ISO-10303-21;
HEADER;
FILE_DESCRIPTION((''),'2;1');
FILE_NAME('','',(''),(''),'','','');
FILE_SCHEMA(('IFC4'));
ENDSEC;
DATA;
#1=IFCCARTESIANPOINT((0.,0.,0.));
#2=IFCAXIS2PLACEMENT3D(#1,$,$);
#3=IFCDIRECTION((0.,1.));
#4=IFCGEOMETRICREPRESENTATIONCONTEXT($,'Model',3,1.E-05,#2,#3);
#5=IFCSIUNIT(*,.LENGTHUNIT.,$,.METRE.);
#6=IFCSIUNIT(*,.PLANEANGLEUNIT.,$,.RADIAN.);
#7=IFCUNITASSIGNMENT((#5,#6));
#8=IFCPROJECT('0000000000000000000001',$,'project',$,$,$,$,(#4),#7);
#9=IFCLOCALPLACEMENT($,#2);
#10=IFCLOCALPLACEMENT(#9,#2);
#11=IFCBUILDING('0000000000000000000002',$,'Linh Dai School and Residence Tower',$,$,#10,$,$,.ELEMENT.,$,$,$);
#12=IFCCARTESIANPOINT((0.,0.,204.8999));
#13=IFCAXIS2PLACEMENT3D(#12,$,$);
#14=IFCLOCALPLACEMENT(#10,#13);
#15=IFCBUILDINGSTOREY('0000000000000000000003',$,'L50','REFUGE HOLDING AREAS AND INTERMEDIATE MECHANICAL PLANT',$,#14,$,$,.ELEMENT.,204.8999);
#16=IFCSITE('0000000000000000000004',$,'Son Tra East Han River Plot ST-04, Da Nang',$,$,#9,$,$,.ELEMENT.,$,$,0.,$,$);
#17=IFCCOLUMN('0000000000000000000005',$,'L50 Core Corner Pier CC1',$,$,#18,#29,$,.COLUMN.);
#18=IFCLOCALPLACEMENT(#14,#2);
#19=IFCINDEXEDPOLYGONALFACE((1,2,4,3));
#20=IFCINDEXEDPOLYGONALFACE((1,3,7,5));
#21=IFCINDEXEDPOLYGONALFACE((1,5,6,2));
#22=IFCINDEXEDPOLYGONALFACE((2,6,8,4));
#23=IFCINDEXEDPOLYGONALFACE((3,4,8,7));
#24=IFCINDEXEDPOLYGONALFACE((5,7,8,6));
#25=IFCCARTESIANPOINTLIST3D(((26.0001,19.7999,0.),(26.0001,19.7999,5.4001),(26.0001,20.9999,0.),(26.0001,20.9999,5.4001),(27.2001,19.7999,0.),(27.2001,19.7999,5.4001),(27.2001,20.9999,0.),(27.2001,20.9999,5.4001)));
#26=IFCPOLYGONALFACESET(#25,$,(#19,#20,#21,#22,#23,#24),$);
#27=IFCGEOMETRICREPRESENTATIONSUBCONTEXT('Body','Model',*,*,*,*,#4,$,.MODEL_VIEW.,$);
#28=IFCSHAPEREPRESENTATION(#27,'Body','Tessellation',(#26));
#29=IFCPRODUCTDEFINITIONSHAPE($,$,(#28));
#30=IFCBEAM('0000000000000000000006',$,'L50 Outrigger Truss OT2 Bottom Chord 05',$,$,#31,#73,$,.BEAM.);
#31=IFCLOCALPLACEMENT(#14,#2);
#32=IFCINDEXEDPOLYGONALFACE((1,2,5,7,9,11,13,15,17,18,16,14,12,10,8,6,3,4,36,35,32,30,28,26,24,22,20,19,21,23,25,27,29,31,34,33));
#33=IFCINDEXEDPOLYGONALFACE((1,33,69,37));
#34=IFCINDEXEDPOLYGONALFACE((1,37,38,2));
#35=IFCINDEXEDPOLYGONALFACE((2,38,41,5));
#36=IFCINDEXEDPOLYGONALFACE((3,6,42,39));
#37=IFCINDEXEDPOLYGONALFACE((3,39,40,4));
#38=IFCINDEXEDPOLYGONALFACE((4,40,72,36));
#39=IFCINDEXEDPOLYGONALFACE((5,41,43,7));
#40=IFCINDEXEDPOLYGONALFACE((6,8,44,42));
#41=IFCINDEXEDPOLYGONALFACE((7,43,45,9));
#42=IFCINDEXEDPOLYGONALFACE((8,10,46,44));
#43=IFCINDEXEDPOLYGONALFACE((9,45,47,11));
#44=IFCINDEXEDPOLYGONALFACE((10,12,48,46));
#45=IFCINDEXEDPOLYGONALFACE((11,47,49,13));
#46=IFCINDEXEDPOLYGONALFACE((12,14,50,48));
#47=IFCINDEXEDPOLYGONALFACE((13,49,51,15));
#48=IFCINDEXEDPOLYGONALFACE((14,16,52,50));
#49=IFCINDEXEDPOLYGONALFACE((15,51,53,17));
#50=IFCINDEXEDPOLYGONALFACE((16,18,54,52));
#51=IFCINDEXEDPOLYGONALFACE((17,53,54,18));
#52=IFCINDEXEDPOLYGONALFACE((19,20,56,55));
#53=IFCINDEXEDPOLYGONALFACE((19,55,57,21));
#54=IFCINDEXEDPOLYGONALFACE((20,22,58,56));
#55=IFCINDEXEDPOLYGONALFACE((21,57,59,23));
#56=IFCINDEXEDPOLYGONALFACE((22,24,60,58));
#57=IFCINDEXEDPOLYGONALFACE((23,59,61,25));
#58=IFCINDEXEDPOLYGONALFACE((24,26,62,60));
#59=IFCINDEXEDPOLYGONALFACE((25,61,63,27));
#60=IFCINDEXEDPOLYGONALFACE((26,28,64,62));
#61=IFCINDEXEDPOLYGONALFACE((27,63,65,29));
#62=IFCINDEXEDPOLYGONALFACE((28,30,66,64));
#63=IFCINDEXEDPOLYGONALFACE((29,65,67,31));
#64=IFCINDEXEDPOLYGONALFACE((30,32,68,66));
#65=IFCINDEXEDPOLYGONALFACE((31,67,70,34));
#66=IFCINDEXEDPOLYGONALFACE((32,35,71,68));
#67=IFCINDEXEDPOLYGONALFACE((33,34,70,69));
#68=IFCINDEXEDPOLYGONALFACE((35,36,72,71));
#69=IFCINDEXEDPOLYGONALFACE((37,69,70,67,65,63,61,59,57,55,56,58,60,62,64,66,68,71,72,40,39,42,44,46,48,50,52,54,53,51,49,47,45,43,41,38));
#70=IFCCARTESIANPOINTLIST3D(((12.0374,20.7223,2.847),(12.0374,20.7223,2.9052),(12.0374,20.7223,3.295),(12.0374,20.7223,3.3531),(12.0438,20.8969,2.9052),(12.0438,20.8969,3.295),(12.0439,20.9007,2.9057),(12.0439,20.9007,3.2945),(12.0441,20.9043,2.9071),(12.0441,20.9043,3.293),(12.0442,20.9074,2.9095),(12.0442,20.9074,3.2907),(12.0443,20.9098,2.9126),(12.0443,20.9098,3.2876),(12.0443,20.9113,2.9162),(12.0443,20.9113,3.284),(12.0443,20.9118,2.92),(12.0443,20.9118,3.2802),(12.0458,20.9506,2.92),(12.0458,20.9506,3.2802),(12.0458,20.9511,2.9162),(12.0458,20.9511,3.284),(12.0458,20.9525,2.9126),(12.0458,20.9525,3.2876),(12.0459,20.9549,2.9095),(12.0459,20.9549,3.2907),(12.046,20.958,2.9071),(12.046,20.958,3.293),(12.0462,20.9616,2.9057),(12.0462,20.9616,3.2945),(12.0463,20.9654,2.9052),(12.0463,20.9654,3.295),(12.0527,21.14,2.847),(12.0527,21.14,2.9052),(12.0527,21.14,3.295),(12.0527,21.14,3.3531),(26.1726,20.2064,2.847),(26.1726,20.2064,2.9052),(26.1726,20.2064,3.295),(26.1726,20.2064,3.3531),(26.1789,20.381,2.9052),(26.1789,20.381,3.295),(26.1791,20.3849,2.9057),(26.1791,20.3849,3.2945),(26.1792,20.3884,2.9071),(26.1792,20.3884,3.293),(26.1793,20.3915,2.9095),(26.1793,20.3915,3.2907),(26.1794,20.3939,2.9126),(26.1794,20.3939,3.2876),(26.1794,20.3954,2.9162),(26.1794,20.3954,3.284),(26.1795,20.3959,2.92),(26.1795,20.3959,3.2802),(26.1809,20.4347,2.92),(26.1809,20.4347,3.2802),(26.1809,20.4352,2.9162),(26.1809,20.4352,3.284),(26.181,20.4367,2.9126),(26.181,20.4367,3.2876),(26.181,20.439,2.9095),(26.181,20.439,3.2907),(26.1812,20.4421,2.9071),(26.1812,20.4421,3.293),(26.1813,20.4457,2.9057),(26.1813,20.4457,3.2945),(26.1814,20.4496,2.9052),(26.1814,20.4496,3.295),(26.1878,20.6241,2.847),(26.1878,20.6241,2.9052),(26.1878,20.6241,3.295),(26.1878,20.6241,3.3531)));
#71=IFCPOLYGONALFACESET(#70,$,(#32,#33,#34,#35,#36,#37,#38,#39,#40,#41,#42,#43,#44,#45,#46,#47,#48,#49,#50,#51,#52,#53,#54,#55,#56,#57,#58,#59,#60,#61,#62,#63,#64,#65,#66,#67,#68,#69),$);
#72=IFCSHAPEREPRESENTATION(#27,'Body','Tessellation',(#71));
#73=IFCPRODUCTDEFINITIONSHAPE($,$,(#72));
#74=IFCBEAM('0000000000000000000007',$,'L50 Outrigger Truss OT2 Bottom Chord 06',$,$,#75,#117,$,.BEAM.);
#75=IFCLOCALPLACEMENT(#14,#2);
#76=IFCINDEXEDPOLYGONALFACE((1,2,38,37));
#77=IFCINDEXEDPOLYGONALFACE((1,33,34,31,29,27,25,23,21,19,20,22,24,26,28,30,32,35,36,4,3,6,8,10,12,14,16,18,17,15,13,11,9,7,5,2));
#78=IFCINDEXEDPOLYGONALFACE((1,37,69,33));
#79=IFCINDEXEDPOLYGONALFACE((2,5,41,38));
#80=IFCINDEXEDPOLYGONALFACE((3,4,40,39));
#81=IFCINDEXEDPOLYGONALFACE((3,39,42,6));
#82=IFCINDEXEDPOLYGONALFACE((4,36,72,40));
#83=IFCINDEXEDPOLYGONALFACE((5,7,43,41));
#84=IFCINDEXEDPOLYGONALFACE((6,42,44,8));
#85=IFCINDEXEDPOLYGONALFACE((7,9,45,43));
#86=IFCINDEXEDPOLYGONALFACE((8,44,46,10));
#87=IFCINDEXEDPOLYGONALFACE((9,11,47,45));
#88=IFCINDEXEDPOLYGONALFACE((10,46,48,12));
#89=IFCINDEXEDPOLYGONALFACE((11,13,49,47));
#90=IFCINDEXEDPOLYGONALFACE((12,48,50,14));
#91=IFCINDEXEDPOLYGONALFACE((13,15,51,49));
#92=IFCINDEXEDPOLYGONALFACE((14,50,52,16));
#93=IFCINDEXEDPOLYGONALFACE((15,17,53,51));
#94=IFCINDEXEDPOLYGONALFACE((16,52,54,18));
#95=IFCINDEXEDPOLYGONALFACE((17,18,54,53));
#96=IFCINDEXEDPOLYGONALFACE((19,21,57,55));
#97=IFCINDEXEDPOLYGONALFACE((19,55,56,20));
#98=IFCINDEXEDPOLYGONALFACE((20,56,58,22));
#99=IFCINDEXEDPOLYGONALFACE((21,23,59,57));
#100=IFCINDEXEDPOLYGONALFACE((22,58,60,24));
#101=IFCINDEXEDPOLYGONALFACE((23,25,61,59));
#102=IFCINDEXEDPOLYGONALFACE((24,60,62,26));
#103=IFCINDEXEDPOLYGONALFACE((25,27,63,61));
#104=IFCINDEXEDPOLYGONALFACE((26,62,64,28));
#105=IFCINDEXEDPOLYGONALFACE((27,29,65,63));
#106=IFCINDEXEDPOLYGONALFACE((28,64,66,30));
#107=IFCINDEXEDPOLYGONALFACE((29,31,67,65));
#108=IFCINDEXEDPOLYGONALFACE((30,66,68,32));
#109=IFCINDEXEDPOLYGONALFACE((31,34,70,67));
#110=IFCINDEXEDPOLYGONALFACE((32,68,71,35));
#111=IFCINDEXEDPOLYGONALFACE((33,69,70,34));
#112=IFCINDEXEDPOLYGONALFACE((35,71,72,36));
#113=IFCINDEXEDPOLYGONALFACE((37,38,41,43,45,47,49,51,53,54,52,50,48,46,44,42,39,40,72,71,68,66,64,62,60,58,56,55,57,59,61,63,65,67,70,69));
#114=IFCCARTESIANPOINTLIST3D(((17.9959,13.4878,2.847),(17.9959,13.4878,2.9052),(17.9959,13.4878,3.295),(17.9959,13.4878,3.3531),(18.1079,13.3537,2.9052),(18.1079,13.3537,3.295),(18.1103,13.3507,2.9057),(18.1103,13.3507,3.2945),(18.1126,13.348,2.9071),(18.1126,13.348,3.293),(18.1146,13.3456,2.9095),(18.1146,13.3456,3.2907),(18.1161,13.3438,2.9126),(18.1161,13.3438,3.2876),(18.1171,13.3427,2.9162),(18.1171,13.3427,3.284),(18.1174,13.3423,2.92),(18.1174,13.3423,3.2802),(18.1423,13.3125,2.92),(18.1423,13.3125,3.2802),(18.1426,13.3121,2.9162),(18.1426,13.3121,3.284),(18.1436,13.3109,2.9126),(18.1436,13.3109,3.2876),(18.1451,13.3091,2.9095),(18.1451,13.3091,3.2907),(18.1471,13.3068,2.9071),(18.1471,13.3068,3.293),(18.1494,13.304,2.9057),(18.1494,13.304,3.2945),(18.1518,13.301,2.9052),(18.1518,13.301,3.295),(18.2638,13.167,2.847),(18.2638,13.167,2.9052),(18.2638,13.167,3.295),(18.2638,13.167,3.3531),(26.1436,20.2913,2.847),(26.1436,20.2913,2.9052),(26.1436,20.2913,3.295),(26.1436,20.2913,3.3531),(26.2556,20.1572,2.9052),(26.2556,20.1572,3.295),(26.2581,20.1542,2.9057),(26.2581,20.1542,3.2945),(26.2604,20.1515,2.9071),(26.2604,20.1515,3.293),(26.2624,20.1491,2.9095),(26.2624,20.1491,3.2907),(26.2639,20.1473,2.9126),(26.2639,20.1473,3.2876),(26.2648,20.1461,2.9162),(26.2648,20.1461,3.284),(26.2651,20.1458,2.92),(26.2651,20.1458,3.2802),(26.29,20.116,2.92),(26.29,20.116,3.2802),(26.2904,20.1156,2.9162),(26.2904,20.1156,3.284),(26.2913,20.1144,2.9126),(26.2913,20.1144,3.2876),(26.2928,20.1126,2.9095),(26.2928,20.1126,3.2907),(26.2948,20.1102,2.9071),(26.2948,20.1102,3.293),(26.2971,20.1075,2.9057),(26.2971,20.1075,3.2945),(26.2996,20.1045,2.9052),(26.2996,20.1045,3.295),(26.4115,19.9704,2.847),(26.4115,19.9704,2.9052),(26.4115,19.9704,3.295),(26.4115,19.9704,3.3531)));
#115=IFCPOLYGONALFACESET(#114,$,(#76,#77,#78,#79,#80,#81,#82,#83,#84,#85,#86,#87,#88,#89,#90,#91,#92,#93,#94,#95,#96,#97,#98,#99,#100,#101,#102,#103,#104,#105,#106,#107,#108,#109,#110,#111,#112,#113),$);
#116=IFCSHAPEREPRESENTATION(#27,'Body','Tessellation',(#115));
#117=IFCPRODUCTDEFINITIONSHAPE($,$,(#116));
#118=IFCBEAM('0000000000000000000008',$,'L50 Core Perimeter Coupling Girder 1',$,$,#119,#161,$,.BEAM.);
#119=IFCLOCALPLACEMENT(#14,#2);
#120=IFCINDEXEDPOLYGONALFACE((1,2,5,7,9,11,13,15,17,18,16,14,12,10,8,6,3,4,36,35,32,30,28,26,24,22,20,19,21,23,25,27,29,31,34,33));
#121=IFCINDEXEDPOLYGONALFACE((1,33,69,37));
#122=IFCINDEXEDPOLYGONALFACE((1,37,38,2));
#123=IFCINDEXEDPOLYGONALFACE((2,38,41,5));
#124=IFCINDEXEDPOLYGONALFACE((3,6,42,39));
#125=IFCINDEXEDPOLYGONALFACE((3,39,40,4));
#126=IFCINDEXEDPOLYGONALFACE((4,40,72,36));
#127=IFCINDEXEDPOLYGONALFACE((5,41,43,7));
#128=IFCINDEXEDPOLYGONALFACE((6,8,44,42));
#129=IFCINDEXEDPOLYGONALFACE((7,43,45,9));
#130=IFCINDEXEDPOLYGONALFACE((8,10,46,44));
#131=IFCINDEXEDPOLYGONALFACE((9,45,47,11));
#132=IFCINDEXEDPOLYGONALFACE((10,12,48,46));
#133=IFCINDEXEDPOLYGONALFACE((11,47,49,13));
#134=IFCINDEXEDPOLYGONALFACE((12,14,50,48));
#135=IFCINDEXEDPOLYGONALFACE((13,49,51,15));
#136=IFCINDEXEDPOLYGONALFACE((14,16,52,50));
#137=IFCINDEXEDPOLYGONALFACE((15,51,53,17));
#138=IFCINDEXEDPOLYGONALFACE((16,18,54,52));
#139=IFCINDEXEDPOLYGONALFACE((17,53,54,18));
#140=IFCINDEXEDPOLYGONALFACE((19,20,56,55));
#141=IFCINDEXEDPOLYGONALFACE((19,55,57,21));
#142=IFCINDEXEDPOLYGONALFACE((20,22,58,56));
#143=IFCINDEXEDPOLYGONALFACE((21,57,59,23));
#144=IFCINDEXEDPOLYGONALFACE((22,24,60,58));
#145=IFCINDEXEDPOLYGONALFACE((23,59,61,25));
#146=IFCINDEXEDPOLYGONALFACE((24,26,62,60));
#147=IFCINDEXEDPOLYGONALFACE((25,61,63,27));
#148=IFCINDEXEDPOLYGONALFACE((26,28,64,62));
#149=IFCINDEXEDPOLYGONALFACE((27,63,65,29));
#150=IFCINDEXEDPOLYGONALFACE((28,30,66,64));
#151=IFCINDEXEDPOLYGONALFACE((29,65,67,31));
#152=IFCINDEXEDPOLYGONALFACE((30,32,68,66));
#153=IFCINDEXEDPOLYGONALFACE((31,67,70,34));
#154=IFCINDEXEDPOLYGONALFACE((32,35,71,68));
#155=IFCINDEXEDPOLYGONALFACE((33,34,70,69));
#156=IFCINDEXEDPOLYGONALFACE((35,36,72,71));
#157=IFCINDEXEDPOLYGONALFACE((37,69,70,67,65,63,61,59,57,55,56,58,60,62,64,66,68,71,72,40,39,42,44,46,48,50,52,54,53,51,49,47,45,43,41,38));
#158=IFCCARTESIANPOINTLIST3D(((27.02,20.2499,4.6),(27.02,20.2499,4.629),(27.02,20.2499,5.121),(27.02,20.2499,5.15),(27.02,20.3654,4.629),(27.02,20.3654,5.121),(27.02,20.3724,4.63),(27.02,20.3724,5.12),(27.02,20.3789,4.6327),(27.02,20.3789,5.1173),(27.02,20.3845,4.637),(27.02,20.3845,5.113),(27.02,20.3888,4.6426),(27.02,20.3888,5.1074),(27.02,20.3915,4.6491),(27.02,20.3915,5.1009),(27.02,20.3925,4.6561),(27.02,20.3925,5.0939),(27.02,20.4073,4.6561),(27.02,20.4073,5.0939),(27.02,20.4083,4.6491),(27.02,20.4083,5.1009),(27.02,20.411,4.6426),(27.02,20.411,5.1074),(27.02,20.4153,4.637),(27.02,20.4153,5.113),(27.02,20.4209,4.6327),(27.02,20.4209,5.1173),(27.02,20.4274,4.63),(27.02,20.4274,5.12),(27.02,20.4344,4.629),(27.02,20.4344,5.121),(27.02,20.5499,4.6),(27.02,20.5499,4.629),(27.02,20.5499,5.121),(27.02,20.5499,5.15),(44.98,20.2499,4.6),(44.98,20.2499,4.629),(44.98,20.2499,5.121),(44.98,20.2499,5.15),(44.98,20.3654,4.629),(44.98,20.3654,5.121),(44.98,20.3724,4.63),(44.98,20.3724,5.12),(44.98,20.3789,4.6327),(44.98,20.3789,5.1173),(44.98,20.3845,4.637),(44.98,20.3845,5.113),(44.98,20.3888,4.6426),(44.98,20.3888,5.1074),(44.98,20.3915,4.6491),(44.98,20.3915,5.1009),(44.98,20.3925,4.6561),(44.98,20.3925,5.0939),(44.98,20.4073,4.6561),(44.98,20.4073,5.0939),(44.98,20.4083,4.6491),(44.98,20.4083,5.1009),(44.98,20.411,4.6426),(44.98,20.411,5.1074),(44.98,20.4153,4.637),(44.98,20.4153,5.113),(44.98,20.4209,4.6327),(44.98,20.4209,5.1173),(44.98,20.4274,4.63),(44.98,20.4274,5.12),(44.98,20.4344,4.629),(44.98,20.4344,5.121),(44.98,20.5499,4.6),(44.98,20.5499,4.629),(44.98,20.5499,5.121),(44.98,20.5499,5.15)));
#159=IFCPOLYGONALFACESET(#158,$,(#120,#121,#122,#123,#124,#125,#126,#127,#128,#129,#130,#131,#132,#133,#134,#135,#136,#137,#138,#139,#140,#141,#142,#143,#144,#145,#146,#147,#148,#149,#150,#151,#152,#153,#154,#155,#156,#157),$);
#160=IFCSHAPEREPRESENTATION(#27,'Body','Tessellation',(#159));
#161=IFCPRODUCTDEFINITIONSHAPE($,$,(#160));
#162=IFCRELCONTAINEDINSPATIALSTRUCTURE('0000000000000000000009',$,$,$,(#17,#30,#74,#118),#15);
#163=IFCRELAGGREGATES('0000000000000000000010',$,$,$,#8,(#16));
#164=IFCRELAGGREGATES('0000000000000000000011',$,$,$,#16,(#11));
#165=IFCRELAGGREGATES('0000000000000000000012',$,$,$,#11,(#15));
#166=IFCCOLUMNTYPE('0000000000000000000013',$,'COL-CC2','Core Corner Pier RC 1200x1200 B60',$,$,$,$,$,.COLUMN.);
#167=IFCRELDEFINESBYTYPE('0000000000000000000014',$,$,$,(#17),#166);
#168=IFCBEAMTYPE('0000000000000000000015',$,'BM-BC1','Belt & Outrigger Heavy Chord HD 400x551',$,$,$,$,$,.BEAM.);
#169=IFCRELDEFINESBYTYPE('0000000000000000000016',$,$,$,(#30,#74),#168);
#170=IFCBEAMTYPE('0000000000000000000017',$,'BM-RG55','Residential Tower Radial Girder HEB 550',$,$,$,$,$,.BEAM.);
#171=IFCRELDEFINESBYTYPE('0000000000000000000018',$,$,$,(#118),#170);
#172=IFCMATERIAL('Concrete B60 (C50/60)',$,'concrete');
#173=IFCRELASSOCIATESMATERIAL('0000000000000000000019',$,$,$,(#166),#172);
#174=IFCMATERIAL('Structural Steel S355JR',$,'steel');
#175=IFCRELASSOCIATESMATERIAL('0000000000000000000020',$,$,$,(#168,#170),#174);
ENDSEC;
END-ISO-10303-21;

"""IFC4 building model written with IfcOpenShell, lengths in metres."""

from ifc_helpers import new_model, si_unit, direction, frame, origin, origin_2d, place, context, subcontext, project, spatial, rectangle, i_section, extrude, material, material_profile, profile_set, type_object, element, save


model = new_model("IFC4")

# Units and contexts
model_context = context("Model", 3, precision=1e-05, world=origin(), true_north=direction((0.0, 1.0)))
body_context = subcontext(model_context, "Body", "Model", "MODEL_VIEW")
ifc_project = project(units=[si_unit("LENGTHUNIT", "METRE"), si_unit("PLANEANGLEUNIT", "RADIAN")], contexts=[model_context])

# Site, building, storey
site_placement = place(None, origin())
site = spatial("IfcSite", under=ifc_project, at=site_placement, Name="Son Tra East Han River Plot ST-04, Da Nang", CompositionType="ELEMENT", RefElevation=0.0)
building_placement = place(site_placement, origin())
building = spatial("IfcBuilding", under=site, at=building_placement, Name="Linh Dai School and Residence Tower", CompositionType="ELEMENT")
storey_placement = place(building_placement, frame((0.0, 0.0, 204.8999)))
storey = spatial("IfcBuildingStorey", under=building, at=storey_placement, Name="L50", Description="REFUGE HOLDING AREAS AND INTERMEDIATE MECHANICAL PLANT", CompositionType="ELEMENT", Elevation=204.8999)

# Column
ifc_material_1 = material(Name="Concrete B60 (C50/60)", Category="concrete")
ifc_material_profile_1 = material_profile(ifc_material_1, rectangle(XDim=1.2, YDim=1.2, at=origin_2d()), Name="RC 1200x1200")
ifc_profile_set_1 = profile_set([ifc_material_profile_1], Name="Concrete B60 (C50/60)")
column_type = type_object("IfcColumnType", Name="COL-CC2", Description="Core Corner Pier RC 1200x1200 B60", PredefinedType="COLUMN", material=ifc_profile_set_1)
column_placement = place(storey_placement, frame((26.6001, 20.3999, 0.0), z_axis=(0.0, 0.0, 1.0), x_axis=(1.0, 0.0, 0.0)))
element("IfcColumn", 1, at=column_placement, inside=storey, type_object=column_type, Name="L50 Core Corner Pier CC1", PredefinedType="COLUMN", context=body_context, shape_type="SweptSolid", body=[
    extrude(rectangle(XDim=1.2, YDim=1.2, at=origin_2d()), origin(), (0.0, 0.0, 1.0), 5.4001),
])

# Beams
ifc_material_2 = material(Name="Structural Steel S355JR", Category="steel")
ifc_material_profile_2 = material_profile(ifc_material_2, i_section(OverallWidth=0.418, OverallDepth=0.5061, WebThickness=0.0388, FlangeThickness=0.0581, FilletRadius=0.0149, at=origin_2d()), Name="HD 400x551")
ifc_profile_set_2 = profile_set([ifc_material_profile_2], Name="Structural Steel S355JR")
beam_type_1 = type_object("IfcBeamType", Name="BM-BC1", Description="Belt & Outrigger Heavy Chord HD 400x551", PredefinedType="BEAM", material=ifc_profile_set_2)
beam_1_placement = place(storey_placement, frame((26.1802, 20.4153, 3.1001), z_axis=(-0.999335, 0.036472, 0.0), x_axis=(-0.036472, -0.999335, 0.0)))
element("IfcBeam", 2, at=beam_1_placement, inside=storey, type_object=beam_type_1, Name="L50 Outrigger Truss OT2 Bottom Chord 05", PredefinedType="BEAM", context=body_context, shape_type="SweptSolid", body=[
    extrude(i_section(OverallWidth=0.418, OverallDepth=0.5061, WebThickness=0.0388, FlangeThickness=0.0581, FilletRadius=0.0149, at=origin_2d()), origin(), (0.0, 0.0, 1.0), 14.1445),
])
beam_2_placement = place(storey_placement, frame((26.2776, 20.1309, 3.1001), z_axis=(-0.767586, -0.640946, 0.0), x_axis=(0.640946, -0.767586, 0.0)))
element("IfcBeam", 3, at=beam_2_placement, inside=storey, type_object=beam_type_1, Name="L50 Outrigger Truss OT2 Bottom Chord 06", PredefinedType="BEAM", context=body_context, shape_type="SweptSolid", body=[
    extrude(i_section(OverallWidth=0.418, OverallDepth=0.5061, WebThickness=0.0388, FlangeThickness=0.0581, FilletRadius=0.0149, at=origin_2d()), origin(), (0.0, 0.0, 1.0), 10.6147),
])
ifc_material_profile_3 = material_profile(ifc_material_2, i_section(OverallWidth=0.3, OverallDepth=0.55, WebThickness=0.0149, FlangeThickness=0.0291, FilletRadius=0.0271, at=origin_2d()), Name="HEB 550")
ifc_profile_set_3 = profile_set([ifc_material_profile_3], Name="Structural Steel S355JR")
beam_type_2 = type_object("IfcBeamType", Name="BM-RG55", Description="Residential Tower Radial Girder HEB 550", PredefinedType="BEAM", material=ifc_profile_set_3)
beam_3_placement = place(storey_placement, frame((27.02, 20.3999, 4.875), z_axis=(1.0, 0.0, 0.0), x_axis=(0.0, 1.0, 0.0)))
element("IfcBeam", 4, at=beam_3_placement, inside=storey, type_object=beam_type_2, Name="L50 Core Perimeter Coupling Girder 1", PredefinedType="BEAM", context=body_context, shape_type="SweptSolid", body=[
    extrude(i_section(OverallWidth=0.3, OverallDepth=0.55, WebThickness=0.0149, FlangeThickness=0.0291, FilletRadius=0.0271, at=origin_2d()), origin(), (0.0, 0.0, 1.0), 17.96),
])

save(model, "model.ifc")
